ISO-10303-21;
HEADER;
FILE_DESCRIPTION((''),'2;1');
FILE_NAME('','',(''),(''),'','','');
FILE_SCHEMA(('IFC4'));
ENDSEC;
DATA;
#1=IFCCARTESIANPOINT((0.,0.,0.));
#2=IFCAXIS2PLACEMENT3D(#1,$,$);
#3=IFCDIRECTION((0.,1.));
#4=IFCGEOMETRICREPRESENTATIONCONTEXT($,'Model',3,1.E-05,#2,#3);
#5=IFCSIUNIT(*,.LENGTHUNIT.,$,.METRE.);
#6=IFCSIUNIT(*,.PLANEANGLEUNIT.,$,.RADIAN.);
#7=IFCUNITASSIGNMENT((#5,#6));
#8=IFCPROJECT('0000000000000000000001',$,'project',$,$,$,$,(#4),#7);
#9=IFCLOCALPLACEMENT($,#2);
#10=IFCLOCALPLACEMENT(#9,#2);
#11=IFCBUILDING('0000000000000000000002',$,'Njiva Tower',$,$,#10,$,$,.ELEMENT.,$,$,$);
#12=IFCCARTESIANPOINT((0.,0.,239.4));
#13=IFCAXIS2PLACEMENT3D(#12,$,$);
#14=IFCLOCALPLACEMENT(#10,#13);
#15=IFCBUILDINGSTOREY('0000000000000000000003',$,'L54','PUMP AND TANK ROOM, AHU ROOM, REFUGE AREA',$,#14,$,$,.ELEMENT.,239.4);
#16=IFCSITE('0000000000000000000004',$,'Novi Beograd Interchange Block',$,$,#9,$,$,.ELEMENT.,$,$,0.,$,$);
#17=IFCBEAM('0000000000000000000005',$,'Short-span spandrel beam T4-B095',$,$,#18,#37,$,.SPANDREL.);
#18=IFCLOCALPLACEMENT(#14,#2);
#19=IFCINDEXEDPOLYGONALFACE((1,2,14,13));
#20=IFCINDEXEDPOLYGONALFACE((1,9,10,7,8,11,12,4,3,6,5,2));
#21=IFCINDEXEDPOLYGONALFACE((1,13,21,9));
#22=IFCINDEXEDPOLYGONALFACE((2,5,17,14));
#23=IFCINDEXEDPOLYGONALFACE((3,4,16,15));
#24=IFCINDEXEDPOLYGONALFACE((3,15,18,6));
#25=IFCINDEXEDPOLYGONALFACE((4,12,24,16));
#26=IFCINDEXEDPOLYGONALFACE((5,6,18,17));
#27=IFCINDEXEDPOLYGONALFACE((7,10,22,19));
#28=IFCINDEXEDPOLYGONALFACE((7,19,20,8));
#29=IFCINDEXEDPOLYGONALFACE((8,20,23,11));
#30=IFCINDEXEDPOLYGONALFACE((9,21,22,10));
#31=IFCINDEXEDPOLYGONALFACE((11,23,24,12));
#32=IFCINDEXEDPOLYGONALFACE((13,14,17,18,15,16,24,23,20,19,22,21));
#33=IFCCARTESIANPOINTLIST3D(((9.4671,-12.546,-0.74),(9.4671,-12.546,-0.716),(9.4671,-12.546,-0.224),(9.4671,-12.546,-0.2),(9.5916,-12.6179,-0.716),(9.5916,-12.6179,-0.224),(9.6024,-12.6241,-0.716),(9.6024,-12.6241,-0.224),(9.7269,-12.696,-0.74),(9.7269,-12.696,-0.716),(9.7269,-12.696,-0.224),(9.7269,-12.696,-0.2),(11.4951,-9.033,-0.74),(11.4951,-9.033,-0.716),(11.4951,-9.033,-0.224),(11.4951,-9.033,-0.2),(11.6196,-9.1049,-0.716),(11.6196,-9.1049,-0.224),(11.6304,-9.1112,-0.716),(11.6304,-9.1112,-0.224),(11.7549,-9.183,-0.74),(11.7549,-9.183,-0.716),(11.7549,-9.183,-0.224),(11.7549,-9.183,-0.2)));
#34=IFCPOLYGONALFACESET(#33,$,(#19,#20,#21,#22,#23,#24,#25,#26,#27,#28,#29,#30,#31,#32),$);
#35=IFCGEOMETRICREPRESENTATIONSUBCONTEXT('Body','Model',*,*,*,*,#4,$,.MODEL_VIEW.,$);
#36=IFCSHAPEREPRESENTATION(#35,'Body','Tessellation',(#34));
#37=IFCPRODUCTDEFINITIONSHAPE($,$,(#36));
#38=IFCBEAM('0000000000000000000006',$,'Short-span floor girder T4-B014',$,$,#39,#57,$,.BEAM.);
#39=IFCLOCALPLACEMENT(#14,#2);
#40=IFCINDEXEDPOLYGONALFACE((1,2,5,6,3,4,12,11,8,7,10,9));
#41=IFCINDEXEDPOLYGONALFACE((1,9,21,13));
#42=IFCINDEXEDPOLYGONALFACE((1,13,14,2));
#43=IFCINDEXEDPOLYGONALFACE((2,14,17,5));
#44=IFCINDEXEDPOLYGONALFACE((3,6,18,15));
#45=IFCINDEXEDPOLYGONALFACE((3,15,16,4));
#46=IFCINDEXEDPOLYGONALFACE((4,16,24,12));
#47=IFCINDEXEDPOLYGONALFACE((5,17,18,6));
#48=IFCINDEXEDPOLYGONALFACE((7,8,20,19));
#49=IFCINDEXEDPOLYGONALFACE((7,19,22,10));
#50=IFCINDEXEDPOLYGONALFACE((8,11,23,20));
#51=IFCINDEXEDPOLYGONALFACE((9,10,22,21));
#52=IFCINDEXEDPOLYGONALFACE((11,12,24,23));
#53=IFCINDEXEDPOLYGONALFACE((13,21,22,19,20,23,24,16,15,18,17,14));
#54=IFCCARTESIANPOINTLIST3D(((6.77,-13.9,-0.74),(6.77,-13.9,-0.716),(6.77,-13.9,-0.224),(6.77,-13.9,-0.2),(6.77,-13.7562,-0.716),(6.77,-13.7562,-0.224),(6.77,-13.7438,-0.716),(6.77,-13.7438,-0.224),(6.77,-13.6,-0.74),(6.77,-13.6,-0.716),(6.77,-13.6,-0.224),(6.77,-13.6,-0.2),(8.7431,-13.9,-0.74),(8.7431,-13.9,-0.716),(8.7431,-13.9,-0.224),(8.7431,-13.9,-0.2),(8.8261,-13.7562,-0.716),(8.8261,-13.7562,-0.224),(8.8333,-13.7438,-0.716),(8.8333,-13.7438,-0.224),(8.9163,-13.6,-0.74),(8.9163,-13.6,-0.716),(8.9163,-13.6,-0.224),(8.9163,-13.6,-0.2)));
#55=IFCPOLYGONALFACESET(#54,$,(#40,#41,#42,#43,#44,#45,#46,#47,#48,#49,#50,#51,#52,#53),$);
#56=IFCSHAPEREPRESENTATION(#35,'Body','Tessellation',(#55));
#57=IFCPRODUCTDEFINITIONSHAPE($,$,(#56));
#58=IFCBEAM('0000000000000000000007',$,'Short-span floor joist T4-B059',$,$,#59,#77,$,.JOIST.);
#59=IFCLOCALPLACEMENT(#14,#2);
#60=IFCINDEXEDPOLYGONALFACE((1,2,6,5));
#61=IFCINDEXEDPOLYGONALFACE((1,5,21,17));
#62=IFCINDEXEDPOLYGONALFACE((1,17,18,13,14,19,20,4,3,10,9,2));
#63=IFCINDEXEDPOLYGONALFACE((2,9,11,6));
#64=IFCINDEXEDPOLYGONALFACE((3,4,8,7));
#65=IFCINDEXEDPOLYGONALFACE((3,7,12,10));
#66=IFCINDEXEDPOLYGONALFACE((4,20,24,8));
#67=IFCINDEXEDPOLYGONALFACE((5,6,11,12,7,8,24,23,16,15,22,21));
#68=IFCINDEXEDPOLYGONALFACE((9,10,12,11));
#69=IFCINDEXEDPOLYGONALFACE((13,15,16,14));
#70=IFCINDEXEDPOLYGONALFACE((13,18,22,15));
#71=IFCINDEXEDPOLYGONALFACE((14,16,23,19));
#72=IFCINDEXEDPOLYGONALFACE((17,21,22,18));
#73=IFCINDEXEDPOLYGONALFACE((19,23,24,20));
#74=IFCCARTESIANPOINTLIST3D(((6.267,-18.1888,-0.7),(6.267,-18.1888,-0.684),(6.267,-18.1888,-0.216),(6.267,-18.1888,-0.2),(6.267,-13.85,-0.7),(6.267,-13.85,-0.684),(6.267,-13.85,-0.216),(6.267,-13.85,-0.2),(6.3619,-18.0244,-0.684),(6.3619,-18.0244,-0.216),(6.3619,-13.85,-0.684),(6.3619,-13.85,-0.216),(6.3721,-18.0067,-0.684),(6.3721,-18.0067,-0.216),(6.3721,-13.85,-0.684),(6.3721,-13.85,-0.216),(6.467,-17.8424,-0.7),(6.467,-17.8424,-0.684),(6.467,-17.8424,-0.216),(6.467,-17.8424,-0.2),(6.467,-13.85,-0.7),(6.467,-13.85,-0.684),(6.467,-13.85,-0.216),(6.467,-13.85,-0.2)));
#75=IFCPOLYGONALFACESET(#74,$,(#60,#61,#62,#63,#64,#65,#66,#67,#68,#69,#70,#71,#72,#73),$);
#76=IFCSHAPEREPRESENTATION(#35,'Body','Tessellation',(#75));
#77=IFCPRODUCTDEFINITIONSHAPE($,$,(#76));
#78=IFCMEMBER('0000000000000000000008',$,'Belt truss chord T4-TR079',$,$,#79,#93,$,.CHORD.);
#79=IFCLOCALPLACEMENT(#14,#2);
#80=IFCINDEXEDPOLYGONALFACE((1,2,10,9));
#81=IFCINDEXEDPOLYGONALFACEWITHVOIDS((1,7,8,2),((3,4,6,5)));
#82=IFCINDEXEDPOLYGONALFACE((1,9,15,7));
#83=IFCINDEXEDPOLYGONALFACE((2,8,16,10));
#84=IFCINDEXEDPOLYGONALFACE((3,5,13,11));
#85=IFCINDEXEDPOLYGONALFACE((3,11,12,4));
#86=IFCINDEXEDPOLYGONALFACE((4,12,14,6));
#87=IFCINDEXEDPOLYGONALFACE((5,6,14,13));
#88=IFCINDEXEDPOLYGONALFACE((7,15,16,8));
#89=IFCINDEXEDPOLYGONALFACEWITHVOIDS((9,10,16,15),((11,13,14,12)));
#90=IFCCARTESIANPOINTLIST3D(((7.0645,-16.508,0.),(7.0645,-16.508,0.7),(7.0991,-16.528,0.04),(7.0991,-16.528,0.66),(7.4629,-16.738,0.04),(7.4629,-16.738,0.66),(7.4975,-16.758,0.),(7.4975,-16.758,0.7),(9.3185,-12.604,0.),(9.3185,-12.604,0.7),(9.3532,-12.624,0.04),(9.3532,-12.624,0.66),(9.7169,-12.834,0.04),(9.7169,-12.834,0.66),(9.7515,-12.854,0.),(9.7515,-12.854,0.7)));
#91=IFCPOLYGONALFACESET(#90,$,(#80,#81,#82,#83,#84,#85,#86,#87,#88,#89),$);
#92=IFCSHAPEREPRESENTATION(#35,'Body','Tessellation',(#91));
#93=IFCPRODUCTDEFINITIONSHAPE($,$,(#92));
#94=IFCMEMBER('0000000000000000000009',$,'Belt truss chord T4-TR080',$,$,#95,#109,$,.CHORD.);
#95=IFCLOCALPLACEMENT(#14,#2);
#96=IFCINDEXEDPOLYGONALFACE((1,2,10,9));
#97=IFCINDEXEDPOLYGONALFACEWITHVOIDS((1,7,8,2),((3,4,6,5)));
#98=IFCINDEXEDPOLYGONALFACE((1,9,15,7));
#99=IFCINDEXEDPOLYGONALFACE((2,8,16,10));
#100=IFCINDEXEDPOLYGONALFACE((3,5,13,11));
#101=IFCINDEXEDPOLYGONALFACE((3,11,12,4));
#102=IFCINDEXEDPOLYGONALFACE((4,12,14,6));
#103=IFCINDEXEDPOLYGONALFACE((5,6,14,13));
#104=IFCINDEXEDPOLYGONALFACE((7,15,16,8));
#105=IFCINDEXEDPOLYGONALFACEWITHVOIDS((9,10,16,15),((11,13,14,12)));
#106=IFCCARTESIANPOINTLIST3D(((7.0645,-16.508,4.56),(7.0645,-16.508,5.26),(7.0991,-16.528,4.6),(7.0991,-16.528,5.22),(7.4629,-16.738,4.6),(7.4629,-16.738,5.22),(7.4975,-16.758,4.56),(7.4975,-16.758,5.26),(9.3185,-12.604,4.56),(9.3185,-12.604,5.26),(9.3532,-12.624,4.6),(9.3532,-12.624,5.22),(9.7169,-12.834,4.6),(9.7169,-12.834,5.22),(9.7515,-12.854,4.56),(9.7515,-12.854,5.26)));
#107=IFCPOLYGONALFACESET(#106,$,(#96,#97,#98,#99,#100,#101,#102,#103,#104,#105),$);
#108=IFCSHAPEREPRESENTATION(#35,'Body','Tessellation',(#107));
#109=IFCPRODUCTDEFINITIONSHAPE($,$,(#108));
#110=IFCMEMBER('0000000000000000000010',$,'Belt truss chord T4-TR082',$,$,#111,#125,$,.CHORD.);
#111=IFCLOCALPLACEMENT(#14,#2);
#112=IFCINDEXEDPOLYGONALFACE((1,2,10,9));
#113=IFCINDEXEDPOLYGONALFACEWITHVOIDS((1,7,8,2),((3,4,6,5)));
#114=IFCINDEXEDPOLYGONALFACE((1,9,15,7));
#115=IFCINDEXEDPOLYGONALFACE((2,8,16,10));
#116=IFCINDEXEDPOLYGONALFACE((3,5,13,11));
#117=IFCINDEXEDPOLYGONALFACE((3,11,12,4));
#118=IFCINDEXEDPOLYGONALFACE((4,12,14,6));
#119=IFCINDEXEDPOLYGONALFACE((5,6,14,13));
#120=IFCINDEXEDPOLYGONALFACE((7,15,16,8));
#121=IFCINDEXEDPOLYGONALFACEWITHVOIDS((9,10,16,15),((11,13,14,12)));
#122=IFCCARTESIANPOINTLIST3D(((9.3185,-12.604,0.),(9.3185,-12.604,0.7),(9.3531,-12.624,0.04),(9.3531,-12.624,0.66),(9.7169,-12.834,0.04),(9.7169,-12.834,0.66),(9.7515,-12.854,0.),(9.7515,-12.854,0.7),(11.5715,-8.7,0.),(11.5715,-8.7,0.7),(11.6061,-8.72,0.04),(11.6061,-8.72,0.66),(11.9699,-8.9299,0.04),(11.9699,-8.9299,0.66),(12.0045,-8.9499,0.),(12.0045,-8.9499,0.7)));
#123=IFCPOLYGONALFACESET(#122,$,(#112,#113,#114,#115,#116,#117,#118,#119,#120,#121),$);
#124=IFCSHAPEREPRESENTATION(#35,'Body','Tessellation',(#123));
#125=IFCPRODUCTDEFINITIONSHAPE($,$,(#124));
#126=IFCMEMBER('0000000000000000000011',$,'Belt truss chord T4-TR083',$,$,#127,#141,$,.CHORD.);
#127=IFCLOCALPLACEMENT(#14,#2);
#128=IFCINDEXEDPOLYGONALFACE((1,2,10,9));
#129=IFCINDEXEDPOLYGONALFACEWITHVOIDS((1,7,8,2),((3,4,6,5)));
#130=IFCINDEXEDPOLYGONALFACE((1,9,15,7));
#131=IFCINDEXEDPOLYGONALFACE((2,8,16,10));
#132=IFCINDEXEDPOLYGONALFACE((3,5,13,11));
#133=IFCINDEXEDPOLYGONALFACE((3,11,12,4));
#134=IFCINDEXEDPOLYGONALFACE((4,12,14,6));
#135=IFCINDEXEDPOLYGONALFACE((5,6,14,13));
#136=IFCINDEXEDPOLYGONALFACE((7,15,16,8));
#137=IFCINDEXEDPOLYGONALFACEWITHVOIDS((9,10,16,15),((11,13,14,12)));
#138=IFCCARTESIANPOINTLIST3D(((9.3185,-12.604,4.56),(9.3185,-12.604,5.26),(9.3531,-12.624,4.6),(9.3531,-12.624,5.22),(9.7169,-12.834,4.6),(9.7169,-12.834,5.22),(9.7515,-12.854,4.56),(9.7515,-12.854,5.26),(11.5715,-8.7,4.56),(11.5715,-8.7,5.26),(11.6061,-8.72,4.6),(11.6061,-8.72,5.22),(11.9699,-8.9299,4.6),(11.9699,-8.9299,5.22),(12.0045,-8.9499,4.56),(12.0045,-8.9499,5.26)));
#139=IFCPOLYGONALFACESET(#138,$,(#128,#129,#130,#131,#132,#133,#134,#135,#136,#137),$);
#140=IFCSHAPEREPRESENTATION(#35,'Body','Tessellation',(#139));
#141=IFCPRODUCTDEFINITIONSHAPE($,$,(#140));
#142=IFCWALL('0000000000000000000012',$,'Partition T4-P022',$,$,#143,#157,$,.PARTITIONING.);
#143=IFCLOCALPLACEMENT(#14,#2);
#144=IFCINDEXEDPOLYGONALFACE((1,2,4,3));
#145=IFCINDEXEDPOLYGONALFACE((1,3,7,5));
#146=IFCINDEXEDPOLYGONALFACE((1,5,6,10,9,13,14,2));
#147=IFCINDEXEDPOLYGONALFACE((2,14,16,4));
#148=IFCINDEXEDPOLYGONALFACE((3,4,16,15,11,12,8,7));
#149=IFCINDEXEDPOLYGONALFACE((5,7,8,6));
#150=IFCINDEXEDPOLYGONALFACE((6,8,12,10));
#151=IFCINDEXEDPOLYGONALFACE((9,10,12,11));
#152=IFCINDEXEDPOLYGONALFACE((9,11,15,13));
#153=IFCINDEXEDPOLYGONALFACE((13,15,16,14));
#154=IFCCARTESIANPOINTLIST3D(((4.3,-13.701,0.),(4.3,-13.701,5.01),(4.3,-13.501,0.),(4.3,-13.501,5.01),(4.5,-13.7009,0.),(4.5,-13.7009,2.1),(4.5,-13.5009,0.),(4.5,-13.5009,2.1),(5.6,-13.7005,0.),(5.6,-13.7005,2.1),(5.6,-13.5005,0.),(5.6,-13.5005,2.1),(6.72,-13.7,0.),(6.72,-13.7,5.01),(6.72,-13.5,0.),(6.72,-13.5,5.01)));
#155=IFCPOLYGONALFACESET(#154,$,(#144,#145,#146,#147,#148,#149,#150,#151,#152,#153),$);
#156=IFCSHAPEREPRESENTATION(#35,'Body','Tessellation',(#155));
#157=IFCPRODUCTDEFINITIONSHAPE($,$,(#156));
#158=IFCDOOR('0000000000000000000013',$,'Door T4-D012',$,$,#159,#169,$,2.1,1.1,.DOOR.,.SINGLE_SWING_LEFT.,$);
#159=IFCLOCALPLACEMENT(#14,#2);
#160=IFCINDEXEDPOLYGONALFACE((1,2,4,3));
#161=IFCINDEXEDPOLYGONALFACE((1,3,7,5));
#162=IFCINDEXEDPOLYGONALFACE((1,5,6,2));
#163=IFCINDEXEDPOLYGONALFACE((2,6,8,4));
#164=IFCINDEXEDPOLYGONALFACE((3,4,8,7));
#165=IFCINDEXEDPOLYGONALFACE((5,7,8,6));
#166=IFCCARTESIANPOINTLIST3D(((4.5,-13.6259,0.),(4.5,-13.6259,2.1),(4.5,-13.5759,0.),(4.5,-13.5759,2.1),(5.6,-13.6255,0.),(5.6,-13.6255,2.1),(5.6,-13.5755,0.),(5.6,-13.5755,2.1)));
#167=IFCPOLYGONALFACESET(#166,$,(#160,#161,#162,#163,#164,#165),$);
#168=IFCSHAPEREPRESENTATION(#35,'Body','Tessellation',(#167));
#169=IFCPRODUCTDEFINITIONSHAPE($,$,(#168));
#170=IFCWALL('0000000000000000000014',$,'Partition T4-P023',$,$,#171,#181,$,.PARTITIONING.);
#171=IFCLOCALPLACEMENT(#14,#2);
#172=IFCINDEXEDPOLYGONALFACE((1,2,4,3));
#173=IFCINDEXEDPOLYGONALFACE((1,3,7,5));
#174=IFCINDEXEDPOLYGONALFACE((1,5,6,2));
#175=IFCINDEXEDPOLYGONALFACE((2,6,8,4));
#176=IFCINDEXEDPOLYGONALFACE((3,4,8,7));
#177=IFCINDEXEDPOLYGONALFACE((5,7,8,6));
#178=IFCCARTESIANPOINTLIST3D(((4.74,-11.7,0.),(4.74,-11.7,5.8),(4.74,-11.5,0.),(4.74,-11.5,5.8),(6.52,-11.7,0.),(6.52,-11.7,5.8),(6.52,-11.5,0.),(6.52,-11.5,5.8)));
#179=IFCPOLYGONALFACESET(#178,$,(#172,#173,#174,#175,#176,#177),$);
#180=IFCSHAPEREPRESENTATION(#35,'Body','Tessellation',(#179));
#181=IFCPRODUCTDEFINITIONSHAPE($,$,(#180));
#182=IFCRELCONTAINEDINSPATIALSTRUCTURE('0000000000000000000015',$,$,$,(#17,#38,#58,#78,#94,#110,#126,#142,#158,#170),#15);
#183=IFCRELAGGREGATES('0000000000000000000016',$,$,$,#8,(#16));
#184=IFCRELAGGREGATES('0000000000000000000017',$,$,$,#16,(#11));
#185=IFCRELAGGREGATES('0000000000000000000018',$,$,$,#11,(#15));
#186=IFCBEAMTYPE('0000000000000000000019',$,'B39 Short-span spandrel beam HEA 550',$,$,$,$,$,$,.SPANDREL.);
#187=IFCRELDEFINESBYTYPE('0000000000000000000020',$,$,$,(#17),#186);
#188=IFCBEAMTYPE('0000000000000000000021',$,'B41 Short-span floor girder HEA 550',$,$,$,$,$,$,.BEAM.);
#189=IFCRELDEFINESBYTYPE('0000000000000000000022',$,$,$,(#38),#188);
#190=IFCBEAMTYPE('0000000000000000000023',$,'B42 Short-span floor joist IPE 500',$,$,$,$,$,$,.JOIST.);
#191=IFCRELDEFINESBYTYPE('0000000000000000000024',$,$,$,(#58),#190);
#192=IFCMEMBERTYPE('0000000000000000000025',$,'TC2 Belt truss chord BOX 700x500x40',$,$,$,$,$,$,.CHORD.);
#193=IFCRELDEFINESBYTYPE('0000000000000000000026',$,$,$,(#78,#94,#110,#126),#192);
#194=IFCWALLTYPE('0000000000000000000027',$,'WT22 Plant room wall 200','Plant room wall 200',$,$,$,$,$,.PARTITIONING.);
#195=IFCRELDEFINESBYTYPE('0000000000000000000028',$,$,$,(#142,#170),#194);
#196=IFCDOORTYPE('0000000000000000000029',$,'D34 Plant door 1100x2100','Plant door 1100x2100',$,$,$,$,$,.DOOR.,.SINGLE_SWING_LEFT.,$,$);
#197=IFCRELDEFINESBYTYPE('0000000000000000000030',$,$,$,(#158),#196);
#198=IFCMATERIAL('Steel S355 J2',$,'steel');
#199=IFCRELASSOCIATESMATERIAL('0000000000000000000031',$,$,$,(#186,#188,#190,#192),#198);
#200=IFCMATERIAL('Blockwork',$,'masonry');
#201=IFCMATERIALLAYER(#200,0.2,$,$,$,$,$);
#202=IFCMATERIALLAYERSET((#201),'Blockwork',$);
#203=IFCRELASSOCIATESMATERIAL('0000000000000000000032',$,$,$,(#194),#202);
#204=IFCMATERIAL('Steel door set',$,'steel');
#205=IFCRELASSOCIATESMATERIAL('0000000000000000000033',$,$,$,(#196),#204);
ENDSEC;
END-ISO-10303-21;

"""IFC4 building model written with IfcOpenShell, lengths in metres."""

from ifc_helpers import new_model, si_unit, direction, frame, frame_2d, origin, origin_2d, place, context, subcontext, project, spatial, rectangle, hollow_rectangle, i_section, extrude, clip, halfspace, material, layer, layer_set, material_profile, profile_set, type_object, element, fill, save


model = new_model("IFC4")

# Units and contexts
model_context = context("Model", 3, precision=1e-05, world=origin(), true_north=direction((0.0, 1.0)))
body_context = subcontext(model_context, "Body", "Model", "MODEL_VIEW")
ifc_project = project(units=[si_unit("LENGTHUNIT", "METRE"), si_unit("PLANEANGLEUNIT", "RADIAN")], contexts=[model_context])

# Site, building, storey
site_placement = place(None, origin())
site = spatial("IfcSite", under=ifc_project, at=site_placement, Name="Novi Beograd Interchange Block", CompositionType="ELEMENT", RefElevation=0.0)
building_placement = place(site_placement, origin())
building = spatial("IfcBuilding", under=site, at=building_placement, Name="Njiva Tower", CompositionType="ELEMENT")
storey_placement = place(building_placement, frame((0.0, 0.0, 239.4)))
storey = spatial("IfcBuildingStorey", under=building, at=storey_placement, Name="L54", Description="PUMP AND TANK ROOM, AHU ROOM, REFUGE AREA", CompositionType="ELEMENT", Elevation=239.4)

# Shared definitions
ifc_material_1 = material(Name="Steel S355 J2", Category="steel")

# Beams
ifc_material_profile_1 = material_profile(ifc_material_1, i_section(OverallWidth=0.3, OverallDepth=0.54, WebThickness=0.0125, FlangeThickness=0.024, at=origin_2d()), Name="HEA 550")
ifc_profile_set_1 = profile_set([ifc_material_profile_1], Name="Steel S355 J2")
beam_type_1 = type_object("IfcBeamType", Name="B39 Short-span spandrel beam HEA 550", PredefinedType="SPANDREL", material=ifc_profile_set_1)
beam_1_placement = place(storey_placement, frame((9.597, -12.621, -0.47), z_axis=(0.499957, 0.86605, 0.0), x_axis=(-0.86605, 0.499957, 0.0)))
element("IfcBeam", 1, at=beam_1_placement, inside=storey, type_object=beam_type_1, Name="Short-span spandrel beam T4-B095", PredefinedType="SPANDREL", context=body_context, shape_type="SweptSolid", body=[
    extrude(i_section(OverallWidth=0.3, OverallDepth=0.54, WebThickness=0.0125, FlangeThickness=0.024, at=origin_2d()), origin(), (0.0, 0.0, 1.0), 4.0563),
])
ifc_material_profile_2 = material_profile(ifc_material_1, i_section(OverallWidth=0.3, OverallDepth=0.54, WebThickness=0.0125, FlangeThickness=0.024, at=origin_2d()), Name="HEA 550")
ifc_profile_set_2 = profile_set([ifc_material_profile_2], Name="Steel S355 J2")
beam_type_2 = type_object("IfcBeamType", Name="B41 Short-span floor girder HEA 550", PredefinedType="BEAM", material=ifc_profile_set_2)
beam_2_placement = place(storey_placement, frame((6.77, -13.75, -0.47), z_axis=(1.0, 0.0, 0.0), x_axis=(0.0, 1.0, 0.0)))
element("IfcBeam", 2, at=beam_2_placement, inside=storey, type_object=beam_type_2, Name="Short-span floor girder T4-B014", PredefinedType="BEAM", context=body_context, shape_type="Clipping", body=[
    clip(extrude(i_section(OverallWidth=0.3, OverallDepth=0.54, WebThickness=0.0125, FlangeThickness=0.024, at=origin_2d()), origin(), (0.0, 0.0, 1.0), 2.167), halfspace(frame((-0.025, 0.0, 2.0453), z_axis=(-0.499998, 0.0, 0.866027), x_axis=(0.0, 1.0, 0.0)), False)),
])
ifc_material_profile_3 = material_profile(ifc_material_1, i_section(OverallWidth=0.2, OverallDepth=0.5, WebThickness=0.0102, FlangeThickness=0.016, at=origin_2d()), Name="IPE 500")
ifc_profile_set_3 = profile_set([ifc_material_profile_3], Name="Steel S355 J2")
beam_type_3 = type_object("IfcBeamType", Name="B42 Short-span floor joist IPE 500", PredefinedType="JOIST", material=ifc_profile_set_3)
beam_3_placement = place(storey_placement, frame((6.367, -13.85, -0.45), z_axis=(0.0, -1.0, 0.0), x_axis=(1.0, 0.0, 0.0)))
element("IfcBeam", 3, at=beam_3_placement, inside=storey, type_object=beam_type_3, Name="Short-span floor joist T4-B059", PredefinedType="JOIST", context=body_context, shape_type="Clipping", body=[
    clip(extrude(i_section(OverallWidth=0.2, OverallDepth=0.5, WebThickness=0.0102, FlangeThickness=0.016, at=origin_2d()), origin(), (0.0, 0.0, 1.0), 4.359), halfspace(frame((0.043, 0.0, 4.0911), z_axis=(0.866027, 0.0, 0.499998), x_axis=(0.0, 1.0, 0.0)), False)),
])

# Members
ifc_material_profile_4 = material_profile(ifc_material_1, hollow_rectangle(XDim=0.5, YDim=0.7, WallThickness=0.04, at=origin_2d()), Name="BOX 700x500x40")
ifc_profile_set_4 = profile_set([ifc_material_profile_4], Name="Steel S355 J2")
member_type_1 = type_object("IfcMemberType", Name="TC2 Belt truss chord BOX 700x500x40", PredefinedType="CHORD", material=ifc_profile_set_4)
for number, where, z_axis, x_axis, name in (
    (4, (7.281, -16.633, 0.35), (0.500004, 0.866023, 0.0), (-0.866023, 0.500004, 0.0), "Belt truss chord T4-TR079"),
    (5, (7.281, -16.633, 4.91), (0.500004, 0.866023, 0.0), (-0.866023, 0.500004, 0.0), "Belt truss chord T4-TR080"),
):
    element("IfcMember", number, at=place(storey_placement, frame(where, z_axis=z_axis, x_axis=x_axis)), inside=storey, type_object=member_type_1, Name=name, PredefinedType="CHORD", context=body_context, shape_type="SweptSolid", body=[
        extrude(hollow_rectangle(XDim=0.5, YDim=0.7, WallThickness=0.04, at=origin_2d()), origin(), (0.0, 0.0, 1.0), 4.508),
    ])
for number, where, z_axis, x_axis, name in (
    (6, (9.535, -12.729, 0.35), (0.499838, 0.866119, 0.0), (-0.866119, 0.499838, 0.0), "Belt truss chord T4-TR082"),
    (7, (9.535, -12.729, 4.91), (0.499838, 0.866119, 0.0), (-0.866119, 0.499838, 0.0), "Belt truss chord T4-TR083"),
):
    element("IfcMember", number, at=place(storey_placement, frame(where, z_axis=z_axis, x_axis=x_axis)), inside=storey, type_object=member_type_1, Name=name, PredefinedType="CHORD", context=body_context, shape_type="SweptSolid", body=[
        extrude(hollow_rectangle(XDim=0.5, YDim=0.7, WallThickness=0.04, at=origin_2d()), origin(), (0.0, 0.0, 1.0), 4.5075),
    ])

# Wall, opening, door
ifc_material_2 = material(Name="Blockwork", Category="masonry")
ifc_layer_1 = layer(ifc_material_2, 0.2)
ifc_layer_set_1 = layer_set([ifc_layer_1], Name="Blockwork")
wall_type_1 = type_object("IfcWallType", Name="WT22 Plant room wall 200", Description="Plant room wall 200", PredefinedType="PARTITIONING", material=ifc_layer_set_1)
wall_1_placement = place(storey_placement, frame((4.3, -13.601, 0.0), z_axis=(0.0, 0.0, 1.0), x_axis=(1.0, 0.000413, 0.0)))
wall_1 = element("IfcWall", 8, at=wall_1_placement, inside=storey, type_object=wall_type_1, Name="Partition T4-P022", PredefinedType="PARTITIONING", context=body_context, shape_type="SweptSolid", body=[
    extrude(rectangle(XDim=2.42, YDim=0.2, at=frame_2d((1.21, 0.0))), origin(), (0.0, 0.0, 1.0), 5.01),
])
opening_1_placement = place(wall_1_placement, frame((0.2, 0.0, 0.0)))
opening_1 = element("IfcOpeningElement", 9, at=opening_1_placement, cuts=wall_1, PredefinedType="OPENING", context=body_context, shape_type="SweptSolid", body=[
    extrude(rectangle(XDim=1.1, YDim=2.1, at=frame_2d((0.55, 1.05))), frame((0.0, 0.11, 0.0), z_axis=(0.0, -1.0, 0.0), x_axis=(1.0, 0.0, 0.0)), (0.0, 0.0, 1.0), 0.22),
])
ifc_material_3 = material(Name="Steel door set", Category="steel")
door_type_1 = type_object("IfcDoorType", Name="D34 Plant door 1100x2100", Description="Plant door 1100x2100", OperationType="SINGLE_SWING_LEFT", PredefinedType="DOOR", material=ifc_material_3)
door_1_placement = place(opening_1_placement, origin())
door_1 = element("IfcDoor", 10, at=door_1_placement, inside=storey, type_object=door_type_1, Name="Door T4-D012", OperationType="SINGLE_SWING_LEFT", OverallHeight=2.1, OverallWidth=1.1, PredefinedType="DOOR", context=body_context, shape_type="SweptSolid", body=[
    extrude(rectangle(XDim=1.1, YDim=2.1, at=frame_2d((0.55, 1.05))), frame((0.0, 0.025, 0.0), z_axis=(0.0, -1.0, 0.0), x_axis=(1.0, 0.0, 0.0)), (0.0, 0.0, 1.0), 0.05),
])
fill(opening_1, door_1)

# Wall
wall_2_placement = place(storey_placement, frame((4.74, -11.6, 0.0), z_axis=(0.0, 0.0, 1.0), x_axis=(1.0, 0.0, 0.0)))
element("IfcWall", 11, at=wall_2_placement, inside=storey, type_object=wall_type_1, Name="Partition T4-P023", PredefinedType="PARTITIONING", context=body_context, shape_type="SweptSolid", body=[
    extrude(rectangle(XDim=1.78, YDim=0.2, at=frame_2d((0.89, 0.0))), origin(), (0.0, 0.0, 1.0), 5.8),
])

save(model, "model.ifc")
